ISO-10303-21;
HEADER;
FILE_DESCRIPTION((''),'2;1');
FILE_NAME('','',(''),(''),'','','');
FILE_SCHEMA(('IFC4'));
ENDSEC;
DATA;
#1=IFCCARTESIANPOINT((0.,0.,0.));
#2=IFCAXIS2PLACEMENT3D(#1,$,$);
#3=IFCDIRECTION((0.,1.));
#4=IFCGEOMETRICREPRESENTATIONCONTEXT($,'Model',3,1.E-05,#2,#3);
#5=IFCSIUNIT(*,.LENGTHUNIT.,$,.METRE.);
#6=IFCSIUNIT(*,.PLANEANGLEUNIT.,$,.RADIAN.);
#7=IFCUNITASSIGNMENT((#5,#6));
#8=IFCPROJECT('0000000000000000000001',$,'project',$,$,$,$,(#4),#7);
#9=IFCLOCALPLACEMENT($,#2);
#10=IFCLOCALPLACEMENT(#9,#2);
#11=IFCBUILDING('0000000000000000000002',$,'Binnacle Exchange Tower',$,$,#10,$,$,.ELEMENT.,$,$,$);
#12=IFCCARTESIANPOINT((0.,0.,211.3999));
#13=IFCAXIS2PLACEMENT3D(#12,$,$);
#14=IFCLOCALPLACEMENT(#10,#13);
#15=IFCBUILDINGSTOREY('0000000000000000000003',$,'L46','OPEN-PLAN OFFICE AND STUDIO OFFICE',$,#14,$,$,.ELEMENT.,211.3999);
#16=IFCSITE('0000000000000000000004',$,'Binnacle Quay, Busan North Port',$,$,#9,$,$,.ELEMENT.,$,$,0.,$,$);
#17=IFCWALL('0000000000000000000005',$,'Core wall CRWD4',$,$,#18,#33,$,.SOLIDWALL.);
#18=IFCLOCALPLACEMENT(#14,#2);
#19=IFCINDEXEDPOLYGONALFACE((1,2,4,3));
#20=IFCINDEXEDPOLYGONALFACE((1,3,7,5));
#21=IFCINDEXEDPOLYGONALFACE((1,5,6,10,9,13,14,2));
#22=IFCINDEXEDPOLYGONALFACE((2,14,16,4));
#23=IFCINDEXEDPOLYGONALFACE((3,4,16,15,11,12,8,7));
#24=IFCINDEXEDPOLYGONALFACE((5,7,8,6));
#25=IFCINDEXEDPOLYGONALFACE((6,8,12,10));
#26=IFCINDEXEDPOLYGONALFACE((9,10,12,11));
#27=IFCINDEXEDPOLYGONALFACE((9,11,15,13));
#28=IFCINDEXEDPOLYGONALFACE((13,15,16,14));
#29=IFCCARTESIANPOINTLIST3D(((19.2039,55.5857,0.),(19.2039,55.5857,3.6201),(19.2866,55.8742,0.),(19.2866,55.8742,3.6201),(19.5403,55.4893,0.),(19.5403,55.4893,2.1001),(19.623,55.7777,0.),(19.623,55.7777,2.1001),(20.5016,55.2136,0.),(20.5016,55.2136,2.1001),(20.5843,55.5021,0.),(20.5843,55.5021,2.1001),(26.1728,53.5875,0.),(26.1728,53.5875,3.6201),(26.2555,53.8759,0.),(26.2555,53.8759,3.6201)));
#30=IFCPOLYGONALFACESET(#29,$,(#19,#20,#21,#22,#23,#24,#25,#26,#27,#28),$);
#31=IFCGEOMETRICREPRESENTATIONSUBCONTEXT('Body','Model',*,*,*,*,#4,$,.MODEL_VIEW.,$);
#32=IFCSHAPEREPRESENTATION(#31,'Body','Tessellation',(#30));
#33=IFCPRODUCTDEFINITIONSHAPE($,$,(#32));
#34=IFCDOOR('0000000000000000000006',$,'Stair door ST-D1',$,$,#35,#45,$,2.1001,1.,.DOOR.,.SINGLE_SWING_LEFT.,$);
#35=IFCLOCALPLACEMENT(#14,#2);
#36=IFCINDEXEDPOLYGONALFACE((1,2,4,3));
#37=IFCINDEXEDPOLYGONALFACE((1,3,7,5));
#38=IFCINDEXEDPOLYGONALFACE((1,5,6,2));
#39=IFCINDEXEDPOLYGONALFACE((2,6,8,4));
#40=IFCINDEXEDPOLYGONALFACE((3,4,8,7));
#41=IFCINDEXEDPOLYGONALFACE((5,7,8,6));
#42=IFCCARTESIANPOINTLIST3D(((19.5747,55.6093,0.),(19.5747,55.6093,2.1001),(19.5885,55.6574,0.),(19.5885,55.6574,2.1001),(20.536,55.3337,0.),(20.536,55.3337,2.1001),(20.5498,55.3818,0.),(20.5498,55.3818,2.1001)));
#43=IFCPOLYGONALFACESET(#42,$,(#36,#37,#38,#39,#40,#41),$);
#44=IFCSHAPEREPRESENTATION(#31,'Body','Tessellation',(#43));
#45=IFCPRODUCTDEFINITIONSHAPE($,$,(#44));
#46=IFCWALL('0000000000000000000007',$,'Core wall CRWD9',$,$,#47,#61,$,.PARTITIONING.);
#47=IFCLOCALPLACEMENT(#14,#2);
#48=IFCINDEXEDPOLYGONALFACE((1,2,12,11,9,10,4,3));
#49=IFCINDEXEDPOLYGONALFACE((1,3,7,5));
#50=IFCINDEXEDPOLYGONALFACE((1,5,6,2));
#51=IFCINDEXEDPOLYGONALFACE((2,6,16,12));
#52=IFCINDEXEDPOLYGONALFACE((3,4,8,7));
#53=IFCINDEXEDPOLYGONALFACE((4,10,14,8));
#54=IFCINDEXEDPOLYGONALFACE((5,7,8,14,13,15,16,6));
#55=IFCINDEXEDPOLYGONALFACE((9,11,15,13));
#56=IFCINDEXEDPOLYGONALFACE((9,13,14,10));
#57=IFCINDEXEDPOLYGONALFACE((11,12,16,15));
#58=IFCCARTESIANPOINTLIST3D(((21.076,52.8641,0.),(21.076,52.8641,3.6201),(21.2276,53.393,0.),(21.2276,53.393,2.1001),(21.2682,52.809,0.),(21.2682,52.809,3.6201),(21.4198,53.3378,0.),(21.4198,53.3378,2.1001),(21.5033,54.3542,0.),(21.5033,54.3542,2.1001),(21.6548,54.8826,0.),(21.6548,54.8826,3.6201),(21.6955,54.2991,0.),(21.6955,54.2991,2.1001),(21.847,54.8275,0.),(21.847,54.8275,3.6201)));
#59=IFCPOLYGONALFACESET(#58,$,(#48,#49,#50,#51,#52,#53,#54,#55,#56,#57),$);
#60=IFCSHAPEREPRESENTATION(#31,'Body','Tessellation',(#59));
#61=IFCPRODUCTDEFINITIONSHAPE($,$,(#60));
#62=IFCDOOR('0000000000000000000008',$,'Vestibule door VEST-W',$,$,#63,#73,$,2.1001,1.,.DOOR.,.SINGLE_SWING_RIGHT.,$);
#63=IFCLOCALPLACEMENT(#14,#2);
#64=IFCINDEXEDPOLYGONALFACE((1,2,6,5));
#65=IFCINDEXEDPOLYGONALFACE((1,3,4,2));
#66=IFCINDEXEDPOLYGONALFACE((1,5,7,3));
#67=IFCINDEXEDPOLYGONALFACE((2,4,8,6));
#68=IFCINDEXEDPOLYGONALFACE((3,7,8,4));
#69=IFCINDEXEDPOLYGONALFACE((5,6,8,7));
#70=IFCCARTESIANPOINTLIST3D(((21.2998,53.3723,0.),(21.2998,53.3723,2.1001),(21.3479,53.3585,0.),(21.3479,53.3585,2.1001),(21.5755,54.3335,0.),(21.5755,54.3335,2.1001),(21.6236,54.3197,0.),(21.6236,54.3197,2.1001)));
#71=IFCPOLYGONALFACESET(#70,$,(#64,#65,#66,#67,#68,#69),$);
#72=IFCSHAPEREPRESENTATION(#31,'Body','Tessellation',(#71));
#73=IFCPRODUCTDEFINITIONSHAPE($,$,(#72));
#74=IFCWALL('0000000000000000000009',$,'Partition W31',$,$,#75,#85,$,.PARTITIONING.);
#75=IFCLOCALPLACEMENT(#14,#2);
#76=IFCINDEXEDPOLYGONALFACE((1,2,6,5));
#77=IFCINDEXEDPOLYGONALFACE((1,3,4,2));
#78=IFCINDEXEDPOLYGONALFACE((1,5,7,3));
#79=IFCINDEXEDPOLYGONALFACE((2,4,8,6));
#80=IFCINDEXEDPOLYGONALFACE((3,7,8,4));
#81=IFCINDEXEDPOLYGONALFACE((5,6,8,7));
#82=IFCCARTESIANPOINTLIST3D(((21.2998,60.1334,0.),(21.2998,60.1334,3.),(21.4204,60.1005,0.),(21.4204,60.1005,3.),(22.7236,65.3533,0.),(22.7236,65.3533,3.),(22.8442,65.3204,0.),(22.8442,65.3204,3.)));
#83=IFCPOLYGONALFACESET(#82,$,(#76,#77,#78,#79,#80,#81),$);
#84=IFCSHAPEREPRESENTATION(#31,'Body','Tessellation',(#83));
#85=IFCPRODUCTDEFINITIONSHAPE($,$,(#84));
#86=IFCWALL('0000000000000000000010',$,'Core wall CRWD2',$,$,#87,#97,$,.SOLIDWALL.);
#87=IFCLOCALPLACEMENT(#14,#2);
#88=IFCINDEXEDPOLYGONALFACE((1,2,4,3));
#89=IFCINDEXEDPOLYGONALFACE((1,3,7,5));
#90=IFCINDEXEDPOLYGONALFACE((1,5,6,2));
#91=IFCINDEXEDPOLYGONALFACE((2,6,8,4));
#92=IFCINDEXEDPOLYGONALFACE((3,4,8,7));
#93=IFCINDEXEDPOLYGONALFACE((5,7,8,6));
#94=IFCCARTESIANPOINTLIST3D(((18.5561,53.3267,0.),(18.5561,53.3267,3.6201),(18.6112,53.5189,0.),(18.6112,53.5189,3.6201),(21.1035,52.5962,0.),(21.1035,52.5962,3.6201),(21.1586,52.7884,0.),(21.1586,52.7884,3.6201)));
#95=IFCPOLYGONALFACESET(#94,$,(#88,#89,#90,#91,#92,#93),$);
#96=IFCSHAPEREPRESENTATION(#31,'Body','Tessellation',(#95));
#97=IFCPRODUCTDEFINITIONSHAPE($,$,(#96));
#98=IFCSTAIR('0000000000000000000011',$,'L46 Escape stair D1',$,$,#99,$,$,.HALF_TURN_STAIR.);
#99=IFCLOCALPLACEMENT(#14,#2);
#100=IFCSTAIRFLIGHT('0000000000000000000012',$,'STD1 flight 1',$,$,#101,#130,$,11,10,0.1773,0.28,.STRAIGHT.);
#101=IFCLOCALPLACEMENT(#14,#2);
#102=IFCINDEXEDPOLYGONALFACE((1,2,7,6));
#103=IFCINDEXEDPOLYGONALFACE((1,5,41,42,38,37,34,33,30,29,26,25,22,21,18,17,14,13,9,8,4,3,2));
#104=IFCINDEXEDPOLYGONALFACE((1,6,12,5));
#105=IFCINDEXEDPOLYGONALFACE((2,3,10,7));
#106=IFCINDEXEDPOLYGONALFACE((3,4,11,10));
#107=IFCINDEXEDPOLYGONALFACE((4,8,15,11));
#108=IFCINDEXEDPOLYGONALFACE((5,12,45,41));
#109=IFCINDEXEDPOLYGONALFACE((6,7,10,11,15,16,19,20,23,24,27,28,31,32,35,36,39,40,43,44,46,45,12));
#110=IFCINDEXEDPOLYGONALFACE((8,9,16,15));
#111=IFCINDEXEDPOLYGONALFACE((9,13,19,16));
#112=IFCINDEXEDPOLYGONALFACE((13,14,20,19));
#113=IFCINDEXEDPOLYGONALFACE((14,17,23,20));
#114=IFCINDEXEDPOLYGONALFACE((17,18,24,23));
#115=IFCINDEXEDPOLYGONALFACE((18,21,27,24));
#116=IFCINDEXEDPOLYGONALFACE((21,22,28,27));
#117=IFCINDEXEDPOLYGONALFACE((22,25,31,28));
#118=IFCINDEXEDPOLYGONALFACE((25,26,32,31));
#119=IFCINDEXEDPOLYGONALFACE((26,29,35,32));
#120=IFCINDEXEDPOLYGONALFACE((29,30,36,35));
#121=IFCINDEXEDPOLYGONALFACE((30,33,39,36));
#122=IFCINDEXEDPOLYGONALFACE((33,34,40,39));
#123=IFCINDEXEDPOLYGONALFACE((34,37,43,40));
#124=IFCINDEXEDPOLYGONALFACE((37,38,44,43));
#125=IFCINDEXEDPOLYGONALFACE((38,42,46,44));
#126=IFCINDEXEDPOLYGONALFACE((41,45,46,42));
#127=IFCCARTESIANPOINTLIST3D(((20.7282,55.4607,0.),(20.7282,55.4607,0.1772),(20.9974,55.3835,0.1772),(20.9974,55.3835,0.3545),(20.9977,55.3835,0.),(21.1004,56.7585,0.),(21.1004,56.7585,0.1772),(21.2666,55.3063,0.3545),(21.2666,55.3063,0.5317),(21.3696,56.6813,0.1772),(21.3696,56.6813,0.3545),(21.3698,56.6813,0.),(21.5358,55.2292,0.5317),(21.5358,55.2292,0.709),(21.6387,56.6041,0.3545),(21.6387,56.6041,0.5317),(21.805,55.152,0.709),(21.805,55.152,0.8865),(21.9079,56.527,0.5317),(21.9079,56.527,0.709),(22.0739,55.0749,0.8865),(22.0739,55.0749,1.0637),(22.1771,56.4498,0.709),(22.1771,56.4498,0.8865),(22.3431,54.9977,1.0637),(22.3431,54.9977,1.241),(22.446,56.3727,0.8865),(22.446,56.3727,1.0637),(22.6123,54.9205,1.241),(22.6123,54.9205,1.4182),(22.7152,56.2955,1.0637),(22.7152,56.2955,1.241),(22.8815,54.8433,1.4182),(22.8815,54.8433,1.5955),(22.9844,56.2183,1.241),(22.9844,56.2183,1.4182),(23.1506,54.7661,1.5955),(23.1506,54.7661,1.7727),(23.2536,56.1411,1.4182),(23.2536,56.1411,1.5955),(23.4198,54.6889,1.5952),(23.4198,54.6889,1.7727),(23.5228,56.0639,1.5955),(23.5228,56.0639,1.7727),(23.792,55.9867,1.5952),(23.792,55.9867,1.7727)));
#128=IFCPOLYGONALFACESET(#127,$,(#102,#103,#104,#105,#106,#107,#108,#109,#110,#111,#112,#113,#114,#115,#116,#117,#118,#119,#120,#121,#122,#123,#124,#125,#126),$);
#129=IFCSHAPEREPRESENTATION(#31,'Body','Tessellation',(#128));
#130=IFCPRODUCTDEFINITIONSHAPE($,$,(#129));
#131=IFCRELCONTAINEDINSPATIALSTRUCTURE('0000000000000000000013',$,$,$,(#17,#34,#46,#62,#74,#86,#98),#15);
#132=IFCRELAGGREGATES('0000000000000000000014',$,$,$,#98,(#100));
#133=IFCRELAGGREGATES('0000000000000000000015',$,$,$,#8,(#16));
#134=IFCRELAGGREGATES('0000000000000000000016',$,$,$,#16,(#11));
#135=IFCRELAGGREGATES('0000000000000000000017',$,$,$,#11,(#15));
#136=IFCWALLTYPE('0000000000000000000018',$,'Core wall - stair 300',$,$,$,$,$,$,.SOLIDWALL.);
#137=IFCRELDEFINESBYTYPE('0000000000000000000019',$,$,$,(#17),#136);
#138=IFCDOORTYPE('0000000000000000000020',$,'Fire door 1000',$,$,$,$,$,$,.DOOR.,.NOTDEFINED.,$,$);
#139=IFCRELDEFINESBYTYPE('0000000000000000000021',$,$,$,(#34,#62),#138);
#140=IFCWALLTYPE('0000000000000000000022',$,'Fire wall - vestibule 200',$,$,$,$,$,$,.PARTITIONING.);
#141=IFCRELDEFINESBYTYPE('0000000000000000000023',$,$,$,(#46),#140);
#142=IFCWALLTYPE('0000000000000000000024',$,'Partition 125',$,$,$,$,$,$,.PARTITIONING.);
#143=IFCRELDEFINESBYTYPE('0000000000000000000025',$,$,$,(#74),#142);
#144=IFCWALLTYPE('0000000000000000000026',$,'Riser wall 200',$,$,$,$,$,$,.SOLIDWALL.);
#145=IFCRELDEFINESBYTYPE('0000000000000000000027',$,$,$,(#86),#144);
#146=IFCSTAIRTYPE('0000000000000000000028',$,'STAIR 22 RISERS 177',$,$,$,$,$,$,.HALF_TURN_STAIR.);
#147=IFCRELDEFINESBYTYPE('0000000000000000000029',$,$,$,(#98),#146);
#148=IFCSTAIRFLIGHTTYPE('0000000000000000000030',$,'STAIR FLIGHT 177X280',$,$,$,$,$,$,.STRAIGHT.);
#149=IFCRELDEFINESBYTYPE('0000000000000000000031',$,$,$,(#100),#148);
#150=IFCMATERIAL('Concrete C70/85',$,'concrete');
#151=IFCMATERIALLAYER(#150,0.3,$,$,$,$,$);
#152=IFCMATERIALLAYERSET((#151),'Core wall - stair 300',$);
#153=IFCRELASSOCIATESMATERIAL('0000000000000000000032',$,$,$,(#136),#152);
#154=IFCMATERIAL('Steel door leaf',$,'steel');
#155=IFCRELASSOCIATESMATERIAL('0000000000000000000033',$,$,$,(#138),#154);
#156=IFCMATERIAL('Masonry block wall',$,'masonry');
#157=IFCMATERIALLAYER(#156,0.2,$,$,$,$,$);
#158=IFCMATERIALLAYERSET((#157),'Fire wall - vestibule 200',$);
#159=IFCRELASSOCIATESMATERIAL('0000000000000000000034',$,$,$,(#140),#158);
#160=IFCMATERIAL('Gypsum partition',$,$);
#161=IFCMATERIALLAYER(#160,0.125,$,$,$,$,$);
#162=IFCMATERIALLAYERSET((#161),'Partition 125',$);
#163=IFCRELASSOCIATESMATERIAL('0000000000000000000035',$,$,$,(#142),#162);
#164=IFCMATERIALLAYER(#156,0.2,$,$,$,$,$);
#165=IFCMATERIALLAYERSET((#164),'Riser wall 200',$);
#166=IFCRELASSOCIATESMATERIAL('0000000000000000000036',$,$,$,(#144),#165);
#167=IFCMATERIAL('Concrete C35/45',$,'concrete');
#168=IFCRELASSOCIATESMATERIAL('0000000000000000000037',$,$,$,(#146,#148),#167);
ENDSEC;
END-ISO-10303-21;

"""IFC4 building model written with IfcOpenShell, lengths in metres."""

from ifc_helpers import new_model, si_unit, direction, frame, frame_2d, origin, place, context, subcontext, project, spatial, polyline, rectangle, outline, extrude, material, layer, layer_set, type_object, element, fill, aggregate, save


model = new_model("IFC4")

# Units and contexts
model_context = context("Model", 3, precision=1e-05, world=origin(), true_north=direction((0.0, 1.0)))
body_context = subcontext(model_context, "Body", "Model", "MODEL_VIEW")
ifc_project = project(units=[si_unit("LENGTHUNIT", "METRE"), si_unit("PLANEANGLEUNIT", "RADIAN")], contexts=[model_context])

# Site, building, storey
site_placement = place(None, origin())
site = spatial("IfcSite", under=ifc_project, at=site_placement, Name="Binnacle Quay, Busan North Port", CompositionType="ELEMENT", RefElevation=0.0)
building_placement = place(site_placement, origin())
building = spatial("IfcBuilding", under=site, at=building_placement, Name="Binnacle Exchange Tower", CompositionType="ELEMENT")
storey_placement = place(building_placement, frame((0.0, 0.0, 211.3999)))
storey = spatial("IfcBuildingStorey", under=building, at=storey_placement, Name="L46", Description="OPEN-PLAN OFFICE AND STUDIO OFFICE", CompositionType="ELEMENT", Elevation=211.3999)

# Shared definitions
ifc_material_1 = material(Name="Concrete C70/85", Category="concrete")
ifc_material_2 = material(Name="Steel door leaf", Category="steel")

# Walls, openings, doors
ifc_layer_1 = layer(ifc_material_1, 0.3)
ifc_layer_set_1 = layer_set([ifc_layer_1], Name="Core wall - stair 300")
wall_type_1 = type_object("IfcWallType", Name="Core wall - stair 300", PredefinedType="SOLIDWALL", material=ifc_layer_set_1)
wall_1_placement = place(storey_placement, frame((19.2451, 55.73, 0.0), z_axis=(0.0, 0.0, 1.0), x_axis=(0.961263, -0.275633, 0.0)))
wall_1 = element("IfcWall", 1, at=wall_1_placement, inside=storey, type_object=wall_type_1, Name="Core wall CRWD4", PredefinedType="SOLIDWALL", context=body_context, shape_type="SweptSolid", body=[
    extrude(rectangle(XDim=7.2498, YDim=0.3, at=frame_2d((3.625, 0.0))), origin(), (0.0, 0.0, 1.0), 3.6201),
])
opening_1_placement = place(wall_1_placement, frame((0.3501, 0.0, 0.0)))
opening_1 = element("IfcOpeningElement", 2, at=opening_1_placement, cuts=wall_1, PredefinedType="OPENING", context=body_context, shape_type="SweptSolid", body=[
    extrude(rectangle(XDim=1.0, YDim=2.1001, at=frame_2d((0.5, 1.05))), frame((0.0, 0.1599, 0.0), z_axis=(0.0, -1.0, 0.0), x_axis=(1.0, 0.0, 0.0)), (0.0, 0.0, 1.0), 0.3201),
])
door_type_1 = type_object("IfcDoorType", Name="Fire door 1000", OperationType="NOTDEFINED", PredefinedType="DOOR", material=ifc_material_2)
door_1_placement = place(opening_1_placement, origin())
door_1 = element("IfcDoor", 3, at=door_1_placement, inside=storey, type_object=door_type_1, Name="Stair door ST-D1", OperationType="SINGLE_SWING_LEFT", OverallHeight=2.1001, OverallWidth=1.0, PredefinedType="DOOR", context=body_context, shape_type="SweptSolid", body=[
    extrude(rectangle(XDim=1.0, YDim=2.1001, at=frame_2d((0.5, 1.05))), frame((0.0, 0.0249, 0.0), z_axis=(0.0, -1.0, 0.0), x_axis=(1.0, 0.0, 0.0)), (0.0, 0.0, 1.0), 0.05),
])
fill(opening_1, door_1)
ifc_material_3 = material(Name="Masonry block wall", Category="masonry")
ifc_layer_2 = layer(ifc_material_3, 0.2)
ifc_layer_set_2 = layer_set([ifc_layer_2], Name="Fire wall - vestibule 200")
wall_type_2 = type_object("IfcWallType", Name="Fire wall - vestibule 200", PredefinedType="PARTITIONING", material=ifc_layer_set_2)
wall_2_placement = place(storey_placement, frame((21.1721, 52.8367, 0.0), z_axis=(0.0, 0.0, 1.0), x_axis=(0.275658, 0.961256, 0.0)))
wall_2 = element("IfcWall", 4, at=wall_2_placement, inside=storey, type_object=wall_type_2, Name="Core wall CRWD9", PredefinedType="PARTITIONING", context=body_context, shape_type="SweptSolid", body=[
    extrude(rectangle(XDim=2.0999, YDim=0.2, at=frame_2d((1.0498, 0.0))), origin(), (0.0, 0.0, 1.0), 3.6201),
])
opening_2_placement = place(wall_2_placement, frame((0.55, 0.0, 0.0)))
opening_2 = element("IfcOpeningElement", 5, at=opening_2_placement, cuts=wall_2, PredefinedType="OPENING", context=body_context, shape_type="SweptSolid", body=[
    extrude(rectangle(XDim=1.0, YDim=2.1001, at=frame_2d((0.5, 1.05))), frame((0.0, 0.1099, 0.0), z_axis=(0.0, -1.0, 0.0), x_axis=(1.0, 0.0, 0.0)), (0.0, 0.0, 1.0), 0.22),
])
door_2_placement = place(opening_2_placement, origin())
door_2 = element("IfcDoor", 6, at=door_2_placement, inside=storey, type_object=door_type_1, Name="Vestibule door VEST-W", OperationType="SINGLE_SWING_RIGHT", OverallHeight=2.1001, OverallWidth=1.0, PredefinedType="DOOR", context=body_context, shape_type="SweptSolid", body=[
    extrude(rectangle(XDim=1.0, YDim=2.1001, at=frame_2d((0.5, 1.05))), frame((0.0, 0.0249, 0.0), z_axis=(0.0, -1.0, 0.0), x_axis=(1.0, 0.0, 0.0)), (0.0, 0.0, 1.0), 0.05),
])
fill(opening_2, door_2)

# Walls
ifc_material_4 = material(Name="Gypsum partition")
ifc_layer_3 = layer(ifc_material_4, 0.125)
ifc_layer_set_3 = layer_set([ifc_layer_3], Name="Partition 125")
wall_type_3 = type_object("IfcWallType", Name="Partition 125", PredefinedType="PARTITIONING", material=ifc_layer_set_3)
wall_3_placement = place(storey_placement, frame((21.3601, 60.1169, 0.0), z_axis=(0.0, 0.0, 1.0), x_axis=(0.263152, 0.964754, 0.0)))
element("IfcWall", 7, at=wall_3_placement, inside=storey, type_object=wall_type_3, Name="Partition W31", PredefinedType="PARTITIONING", context=body_context, shape_type="SweptSolid", body=[
    extrude(rectangle(XDim=5.4106, YDim=0.125, at=frame_2d((2.7053, 0.0))), origin(), (0.0, 0.0, 1.0), 3.0),
])
ifc_layer_4 = layer(ifc_material_3, 0.2)
ifc_layer_set_4 = layer_set([ifc_layer_4], Name="Riser wall 200")
wall_type_4 = type_object("IfcWallType", Name="Riser wall 200", PredefinedType="SOLIDWALL", material=ifc_layer_set_4)
wall_4_placement = place(storey_placement, frame((18.5835, 53.4229, 0.0), z_axis=(0.0, 0.0, 1.0), x_axis=(0.961259, -0.275646, 0.0)))
element("IfcWall", 8, at=wall_4_placement, inside=storey, type_object=wall_type_4, Name="Core wall CRWD2", PredefinedType="SOLIDWALL", context=body_context, shape_type="SweptSolid", body=[
    extrude(rectangle(XDim=2.6501, YDim=0.2, at=frame_2d((1.3252, 0.0))), origin(), (0.0, 0.0, 1.0), 3.6201),
])

# Stair, stair flight
ifc_material_5 = material(Name="Concrete C35/45", Category="concrete")
stair_type = type_object("IfcStairType", Name="STAIR 22 RISERS 177", PredefinedType="HALF_TURN_STAIR", material=ifc_material_5)
stair_placement = place(storey_placement, origin())
stair = element("IfcStair", 9, at=stair_placement, inside=storey, type_object=stair_type, Name="L46 Escape stair D1", PredefinedType="HALF_TURN_STAIR")
stair_flight_type = type_object("IfcStairFlightType", Name="STAIR FLIGHT 177X280", PredefinedType="STRAIGHT", material=ifc_material_5)
stair_flight_placement = place(storey_placement, frame((20.9143, 56.1096, 0.0), z_axis=(0.0, 0.0, 1.0), x_axis=(0.961262, -0.275637, 0.0)))
stair_flight = element("IfcStairFlight", 10, at=stair_flight_placement, type_object=stair_flight_type, Name="STD1 flight 1", NumberOfRisers=11, NumberOfTreads=10, PredefinedType="STRAIGHT", RiserHeight=0.1773, TreadLength=0.28, context=body_context, shape_type="SweptSolid", body=[
    extrude(outline(polyline([(0.0, 0.0), (0.0, 0.1772), (0.28, 0.1772), (0.28, 0.3545), (0.5601, 0.3545), (0.5601, 0.5317), (0.8401, 0.5317), (0.8401, 0.709), (1.1201, 0.709), (1.1201, 0.8865), (1.3999, 0.8865), (1.3999, 1.0637), (1.6799, 1.0637), (1.6799, 1.241), (1.96, 1.241), (1.96, 1.4182), (2.24, 1.4182), (2.24, 1.5955), (2.52, 1.5955), (2.52, 1.7727), (2.8, 1.7727), (2.8, 1.95), (2.8, 1.5952), (0.2803, 0.0), (0.0, 0.0)])), frame((0.0, 0.675, 0.0), z_axis=(0.0, -1.0, 0.0), x_axis=(1.0, 0.0, 0.0)), (0.0, 0.0, 1.0), 1.3501),
])
aggregate(stair, [stair_flight])

save(model, "model.ifc")
